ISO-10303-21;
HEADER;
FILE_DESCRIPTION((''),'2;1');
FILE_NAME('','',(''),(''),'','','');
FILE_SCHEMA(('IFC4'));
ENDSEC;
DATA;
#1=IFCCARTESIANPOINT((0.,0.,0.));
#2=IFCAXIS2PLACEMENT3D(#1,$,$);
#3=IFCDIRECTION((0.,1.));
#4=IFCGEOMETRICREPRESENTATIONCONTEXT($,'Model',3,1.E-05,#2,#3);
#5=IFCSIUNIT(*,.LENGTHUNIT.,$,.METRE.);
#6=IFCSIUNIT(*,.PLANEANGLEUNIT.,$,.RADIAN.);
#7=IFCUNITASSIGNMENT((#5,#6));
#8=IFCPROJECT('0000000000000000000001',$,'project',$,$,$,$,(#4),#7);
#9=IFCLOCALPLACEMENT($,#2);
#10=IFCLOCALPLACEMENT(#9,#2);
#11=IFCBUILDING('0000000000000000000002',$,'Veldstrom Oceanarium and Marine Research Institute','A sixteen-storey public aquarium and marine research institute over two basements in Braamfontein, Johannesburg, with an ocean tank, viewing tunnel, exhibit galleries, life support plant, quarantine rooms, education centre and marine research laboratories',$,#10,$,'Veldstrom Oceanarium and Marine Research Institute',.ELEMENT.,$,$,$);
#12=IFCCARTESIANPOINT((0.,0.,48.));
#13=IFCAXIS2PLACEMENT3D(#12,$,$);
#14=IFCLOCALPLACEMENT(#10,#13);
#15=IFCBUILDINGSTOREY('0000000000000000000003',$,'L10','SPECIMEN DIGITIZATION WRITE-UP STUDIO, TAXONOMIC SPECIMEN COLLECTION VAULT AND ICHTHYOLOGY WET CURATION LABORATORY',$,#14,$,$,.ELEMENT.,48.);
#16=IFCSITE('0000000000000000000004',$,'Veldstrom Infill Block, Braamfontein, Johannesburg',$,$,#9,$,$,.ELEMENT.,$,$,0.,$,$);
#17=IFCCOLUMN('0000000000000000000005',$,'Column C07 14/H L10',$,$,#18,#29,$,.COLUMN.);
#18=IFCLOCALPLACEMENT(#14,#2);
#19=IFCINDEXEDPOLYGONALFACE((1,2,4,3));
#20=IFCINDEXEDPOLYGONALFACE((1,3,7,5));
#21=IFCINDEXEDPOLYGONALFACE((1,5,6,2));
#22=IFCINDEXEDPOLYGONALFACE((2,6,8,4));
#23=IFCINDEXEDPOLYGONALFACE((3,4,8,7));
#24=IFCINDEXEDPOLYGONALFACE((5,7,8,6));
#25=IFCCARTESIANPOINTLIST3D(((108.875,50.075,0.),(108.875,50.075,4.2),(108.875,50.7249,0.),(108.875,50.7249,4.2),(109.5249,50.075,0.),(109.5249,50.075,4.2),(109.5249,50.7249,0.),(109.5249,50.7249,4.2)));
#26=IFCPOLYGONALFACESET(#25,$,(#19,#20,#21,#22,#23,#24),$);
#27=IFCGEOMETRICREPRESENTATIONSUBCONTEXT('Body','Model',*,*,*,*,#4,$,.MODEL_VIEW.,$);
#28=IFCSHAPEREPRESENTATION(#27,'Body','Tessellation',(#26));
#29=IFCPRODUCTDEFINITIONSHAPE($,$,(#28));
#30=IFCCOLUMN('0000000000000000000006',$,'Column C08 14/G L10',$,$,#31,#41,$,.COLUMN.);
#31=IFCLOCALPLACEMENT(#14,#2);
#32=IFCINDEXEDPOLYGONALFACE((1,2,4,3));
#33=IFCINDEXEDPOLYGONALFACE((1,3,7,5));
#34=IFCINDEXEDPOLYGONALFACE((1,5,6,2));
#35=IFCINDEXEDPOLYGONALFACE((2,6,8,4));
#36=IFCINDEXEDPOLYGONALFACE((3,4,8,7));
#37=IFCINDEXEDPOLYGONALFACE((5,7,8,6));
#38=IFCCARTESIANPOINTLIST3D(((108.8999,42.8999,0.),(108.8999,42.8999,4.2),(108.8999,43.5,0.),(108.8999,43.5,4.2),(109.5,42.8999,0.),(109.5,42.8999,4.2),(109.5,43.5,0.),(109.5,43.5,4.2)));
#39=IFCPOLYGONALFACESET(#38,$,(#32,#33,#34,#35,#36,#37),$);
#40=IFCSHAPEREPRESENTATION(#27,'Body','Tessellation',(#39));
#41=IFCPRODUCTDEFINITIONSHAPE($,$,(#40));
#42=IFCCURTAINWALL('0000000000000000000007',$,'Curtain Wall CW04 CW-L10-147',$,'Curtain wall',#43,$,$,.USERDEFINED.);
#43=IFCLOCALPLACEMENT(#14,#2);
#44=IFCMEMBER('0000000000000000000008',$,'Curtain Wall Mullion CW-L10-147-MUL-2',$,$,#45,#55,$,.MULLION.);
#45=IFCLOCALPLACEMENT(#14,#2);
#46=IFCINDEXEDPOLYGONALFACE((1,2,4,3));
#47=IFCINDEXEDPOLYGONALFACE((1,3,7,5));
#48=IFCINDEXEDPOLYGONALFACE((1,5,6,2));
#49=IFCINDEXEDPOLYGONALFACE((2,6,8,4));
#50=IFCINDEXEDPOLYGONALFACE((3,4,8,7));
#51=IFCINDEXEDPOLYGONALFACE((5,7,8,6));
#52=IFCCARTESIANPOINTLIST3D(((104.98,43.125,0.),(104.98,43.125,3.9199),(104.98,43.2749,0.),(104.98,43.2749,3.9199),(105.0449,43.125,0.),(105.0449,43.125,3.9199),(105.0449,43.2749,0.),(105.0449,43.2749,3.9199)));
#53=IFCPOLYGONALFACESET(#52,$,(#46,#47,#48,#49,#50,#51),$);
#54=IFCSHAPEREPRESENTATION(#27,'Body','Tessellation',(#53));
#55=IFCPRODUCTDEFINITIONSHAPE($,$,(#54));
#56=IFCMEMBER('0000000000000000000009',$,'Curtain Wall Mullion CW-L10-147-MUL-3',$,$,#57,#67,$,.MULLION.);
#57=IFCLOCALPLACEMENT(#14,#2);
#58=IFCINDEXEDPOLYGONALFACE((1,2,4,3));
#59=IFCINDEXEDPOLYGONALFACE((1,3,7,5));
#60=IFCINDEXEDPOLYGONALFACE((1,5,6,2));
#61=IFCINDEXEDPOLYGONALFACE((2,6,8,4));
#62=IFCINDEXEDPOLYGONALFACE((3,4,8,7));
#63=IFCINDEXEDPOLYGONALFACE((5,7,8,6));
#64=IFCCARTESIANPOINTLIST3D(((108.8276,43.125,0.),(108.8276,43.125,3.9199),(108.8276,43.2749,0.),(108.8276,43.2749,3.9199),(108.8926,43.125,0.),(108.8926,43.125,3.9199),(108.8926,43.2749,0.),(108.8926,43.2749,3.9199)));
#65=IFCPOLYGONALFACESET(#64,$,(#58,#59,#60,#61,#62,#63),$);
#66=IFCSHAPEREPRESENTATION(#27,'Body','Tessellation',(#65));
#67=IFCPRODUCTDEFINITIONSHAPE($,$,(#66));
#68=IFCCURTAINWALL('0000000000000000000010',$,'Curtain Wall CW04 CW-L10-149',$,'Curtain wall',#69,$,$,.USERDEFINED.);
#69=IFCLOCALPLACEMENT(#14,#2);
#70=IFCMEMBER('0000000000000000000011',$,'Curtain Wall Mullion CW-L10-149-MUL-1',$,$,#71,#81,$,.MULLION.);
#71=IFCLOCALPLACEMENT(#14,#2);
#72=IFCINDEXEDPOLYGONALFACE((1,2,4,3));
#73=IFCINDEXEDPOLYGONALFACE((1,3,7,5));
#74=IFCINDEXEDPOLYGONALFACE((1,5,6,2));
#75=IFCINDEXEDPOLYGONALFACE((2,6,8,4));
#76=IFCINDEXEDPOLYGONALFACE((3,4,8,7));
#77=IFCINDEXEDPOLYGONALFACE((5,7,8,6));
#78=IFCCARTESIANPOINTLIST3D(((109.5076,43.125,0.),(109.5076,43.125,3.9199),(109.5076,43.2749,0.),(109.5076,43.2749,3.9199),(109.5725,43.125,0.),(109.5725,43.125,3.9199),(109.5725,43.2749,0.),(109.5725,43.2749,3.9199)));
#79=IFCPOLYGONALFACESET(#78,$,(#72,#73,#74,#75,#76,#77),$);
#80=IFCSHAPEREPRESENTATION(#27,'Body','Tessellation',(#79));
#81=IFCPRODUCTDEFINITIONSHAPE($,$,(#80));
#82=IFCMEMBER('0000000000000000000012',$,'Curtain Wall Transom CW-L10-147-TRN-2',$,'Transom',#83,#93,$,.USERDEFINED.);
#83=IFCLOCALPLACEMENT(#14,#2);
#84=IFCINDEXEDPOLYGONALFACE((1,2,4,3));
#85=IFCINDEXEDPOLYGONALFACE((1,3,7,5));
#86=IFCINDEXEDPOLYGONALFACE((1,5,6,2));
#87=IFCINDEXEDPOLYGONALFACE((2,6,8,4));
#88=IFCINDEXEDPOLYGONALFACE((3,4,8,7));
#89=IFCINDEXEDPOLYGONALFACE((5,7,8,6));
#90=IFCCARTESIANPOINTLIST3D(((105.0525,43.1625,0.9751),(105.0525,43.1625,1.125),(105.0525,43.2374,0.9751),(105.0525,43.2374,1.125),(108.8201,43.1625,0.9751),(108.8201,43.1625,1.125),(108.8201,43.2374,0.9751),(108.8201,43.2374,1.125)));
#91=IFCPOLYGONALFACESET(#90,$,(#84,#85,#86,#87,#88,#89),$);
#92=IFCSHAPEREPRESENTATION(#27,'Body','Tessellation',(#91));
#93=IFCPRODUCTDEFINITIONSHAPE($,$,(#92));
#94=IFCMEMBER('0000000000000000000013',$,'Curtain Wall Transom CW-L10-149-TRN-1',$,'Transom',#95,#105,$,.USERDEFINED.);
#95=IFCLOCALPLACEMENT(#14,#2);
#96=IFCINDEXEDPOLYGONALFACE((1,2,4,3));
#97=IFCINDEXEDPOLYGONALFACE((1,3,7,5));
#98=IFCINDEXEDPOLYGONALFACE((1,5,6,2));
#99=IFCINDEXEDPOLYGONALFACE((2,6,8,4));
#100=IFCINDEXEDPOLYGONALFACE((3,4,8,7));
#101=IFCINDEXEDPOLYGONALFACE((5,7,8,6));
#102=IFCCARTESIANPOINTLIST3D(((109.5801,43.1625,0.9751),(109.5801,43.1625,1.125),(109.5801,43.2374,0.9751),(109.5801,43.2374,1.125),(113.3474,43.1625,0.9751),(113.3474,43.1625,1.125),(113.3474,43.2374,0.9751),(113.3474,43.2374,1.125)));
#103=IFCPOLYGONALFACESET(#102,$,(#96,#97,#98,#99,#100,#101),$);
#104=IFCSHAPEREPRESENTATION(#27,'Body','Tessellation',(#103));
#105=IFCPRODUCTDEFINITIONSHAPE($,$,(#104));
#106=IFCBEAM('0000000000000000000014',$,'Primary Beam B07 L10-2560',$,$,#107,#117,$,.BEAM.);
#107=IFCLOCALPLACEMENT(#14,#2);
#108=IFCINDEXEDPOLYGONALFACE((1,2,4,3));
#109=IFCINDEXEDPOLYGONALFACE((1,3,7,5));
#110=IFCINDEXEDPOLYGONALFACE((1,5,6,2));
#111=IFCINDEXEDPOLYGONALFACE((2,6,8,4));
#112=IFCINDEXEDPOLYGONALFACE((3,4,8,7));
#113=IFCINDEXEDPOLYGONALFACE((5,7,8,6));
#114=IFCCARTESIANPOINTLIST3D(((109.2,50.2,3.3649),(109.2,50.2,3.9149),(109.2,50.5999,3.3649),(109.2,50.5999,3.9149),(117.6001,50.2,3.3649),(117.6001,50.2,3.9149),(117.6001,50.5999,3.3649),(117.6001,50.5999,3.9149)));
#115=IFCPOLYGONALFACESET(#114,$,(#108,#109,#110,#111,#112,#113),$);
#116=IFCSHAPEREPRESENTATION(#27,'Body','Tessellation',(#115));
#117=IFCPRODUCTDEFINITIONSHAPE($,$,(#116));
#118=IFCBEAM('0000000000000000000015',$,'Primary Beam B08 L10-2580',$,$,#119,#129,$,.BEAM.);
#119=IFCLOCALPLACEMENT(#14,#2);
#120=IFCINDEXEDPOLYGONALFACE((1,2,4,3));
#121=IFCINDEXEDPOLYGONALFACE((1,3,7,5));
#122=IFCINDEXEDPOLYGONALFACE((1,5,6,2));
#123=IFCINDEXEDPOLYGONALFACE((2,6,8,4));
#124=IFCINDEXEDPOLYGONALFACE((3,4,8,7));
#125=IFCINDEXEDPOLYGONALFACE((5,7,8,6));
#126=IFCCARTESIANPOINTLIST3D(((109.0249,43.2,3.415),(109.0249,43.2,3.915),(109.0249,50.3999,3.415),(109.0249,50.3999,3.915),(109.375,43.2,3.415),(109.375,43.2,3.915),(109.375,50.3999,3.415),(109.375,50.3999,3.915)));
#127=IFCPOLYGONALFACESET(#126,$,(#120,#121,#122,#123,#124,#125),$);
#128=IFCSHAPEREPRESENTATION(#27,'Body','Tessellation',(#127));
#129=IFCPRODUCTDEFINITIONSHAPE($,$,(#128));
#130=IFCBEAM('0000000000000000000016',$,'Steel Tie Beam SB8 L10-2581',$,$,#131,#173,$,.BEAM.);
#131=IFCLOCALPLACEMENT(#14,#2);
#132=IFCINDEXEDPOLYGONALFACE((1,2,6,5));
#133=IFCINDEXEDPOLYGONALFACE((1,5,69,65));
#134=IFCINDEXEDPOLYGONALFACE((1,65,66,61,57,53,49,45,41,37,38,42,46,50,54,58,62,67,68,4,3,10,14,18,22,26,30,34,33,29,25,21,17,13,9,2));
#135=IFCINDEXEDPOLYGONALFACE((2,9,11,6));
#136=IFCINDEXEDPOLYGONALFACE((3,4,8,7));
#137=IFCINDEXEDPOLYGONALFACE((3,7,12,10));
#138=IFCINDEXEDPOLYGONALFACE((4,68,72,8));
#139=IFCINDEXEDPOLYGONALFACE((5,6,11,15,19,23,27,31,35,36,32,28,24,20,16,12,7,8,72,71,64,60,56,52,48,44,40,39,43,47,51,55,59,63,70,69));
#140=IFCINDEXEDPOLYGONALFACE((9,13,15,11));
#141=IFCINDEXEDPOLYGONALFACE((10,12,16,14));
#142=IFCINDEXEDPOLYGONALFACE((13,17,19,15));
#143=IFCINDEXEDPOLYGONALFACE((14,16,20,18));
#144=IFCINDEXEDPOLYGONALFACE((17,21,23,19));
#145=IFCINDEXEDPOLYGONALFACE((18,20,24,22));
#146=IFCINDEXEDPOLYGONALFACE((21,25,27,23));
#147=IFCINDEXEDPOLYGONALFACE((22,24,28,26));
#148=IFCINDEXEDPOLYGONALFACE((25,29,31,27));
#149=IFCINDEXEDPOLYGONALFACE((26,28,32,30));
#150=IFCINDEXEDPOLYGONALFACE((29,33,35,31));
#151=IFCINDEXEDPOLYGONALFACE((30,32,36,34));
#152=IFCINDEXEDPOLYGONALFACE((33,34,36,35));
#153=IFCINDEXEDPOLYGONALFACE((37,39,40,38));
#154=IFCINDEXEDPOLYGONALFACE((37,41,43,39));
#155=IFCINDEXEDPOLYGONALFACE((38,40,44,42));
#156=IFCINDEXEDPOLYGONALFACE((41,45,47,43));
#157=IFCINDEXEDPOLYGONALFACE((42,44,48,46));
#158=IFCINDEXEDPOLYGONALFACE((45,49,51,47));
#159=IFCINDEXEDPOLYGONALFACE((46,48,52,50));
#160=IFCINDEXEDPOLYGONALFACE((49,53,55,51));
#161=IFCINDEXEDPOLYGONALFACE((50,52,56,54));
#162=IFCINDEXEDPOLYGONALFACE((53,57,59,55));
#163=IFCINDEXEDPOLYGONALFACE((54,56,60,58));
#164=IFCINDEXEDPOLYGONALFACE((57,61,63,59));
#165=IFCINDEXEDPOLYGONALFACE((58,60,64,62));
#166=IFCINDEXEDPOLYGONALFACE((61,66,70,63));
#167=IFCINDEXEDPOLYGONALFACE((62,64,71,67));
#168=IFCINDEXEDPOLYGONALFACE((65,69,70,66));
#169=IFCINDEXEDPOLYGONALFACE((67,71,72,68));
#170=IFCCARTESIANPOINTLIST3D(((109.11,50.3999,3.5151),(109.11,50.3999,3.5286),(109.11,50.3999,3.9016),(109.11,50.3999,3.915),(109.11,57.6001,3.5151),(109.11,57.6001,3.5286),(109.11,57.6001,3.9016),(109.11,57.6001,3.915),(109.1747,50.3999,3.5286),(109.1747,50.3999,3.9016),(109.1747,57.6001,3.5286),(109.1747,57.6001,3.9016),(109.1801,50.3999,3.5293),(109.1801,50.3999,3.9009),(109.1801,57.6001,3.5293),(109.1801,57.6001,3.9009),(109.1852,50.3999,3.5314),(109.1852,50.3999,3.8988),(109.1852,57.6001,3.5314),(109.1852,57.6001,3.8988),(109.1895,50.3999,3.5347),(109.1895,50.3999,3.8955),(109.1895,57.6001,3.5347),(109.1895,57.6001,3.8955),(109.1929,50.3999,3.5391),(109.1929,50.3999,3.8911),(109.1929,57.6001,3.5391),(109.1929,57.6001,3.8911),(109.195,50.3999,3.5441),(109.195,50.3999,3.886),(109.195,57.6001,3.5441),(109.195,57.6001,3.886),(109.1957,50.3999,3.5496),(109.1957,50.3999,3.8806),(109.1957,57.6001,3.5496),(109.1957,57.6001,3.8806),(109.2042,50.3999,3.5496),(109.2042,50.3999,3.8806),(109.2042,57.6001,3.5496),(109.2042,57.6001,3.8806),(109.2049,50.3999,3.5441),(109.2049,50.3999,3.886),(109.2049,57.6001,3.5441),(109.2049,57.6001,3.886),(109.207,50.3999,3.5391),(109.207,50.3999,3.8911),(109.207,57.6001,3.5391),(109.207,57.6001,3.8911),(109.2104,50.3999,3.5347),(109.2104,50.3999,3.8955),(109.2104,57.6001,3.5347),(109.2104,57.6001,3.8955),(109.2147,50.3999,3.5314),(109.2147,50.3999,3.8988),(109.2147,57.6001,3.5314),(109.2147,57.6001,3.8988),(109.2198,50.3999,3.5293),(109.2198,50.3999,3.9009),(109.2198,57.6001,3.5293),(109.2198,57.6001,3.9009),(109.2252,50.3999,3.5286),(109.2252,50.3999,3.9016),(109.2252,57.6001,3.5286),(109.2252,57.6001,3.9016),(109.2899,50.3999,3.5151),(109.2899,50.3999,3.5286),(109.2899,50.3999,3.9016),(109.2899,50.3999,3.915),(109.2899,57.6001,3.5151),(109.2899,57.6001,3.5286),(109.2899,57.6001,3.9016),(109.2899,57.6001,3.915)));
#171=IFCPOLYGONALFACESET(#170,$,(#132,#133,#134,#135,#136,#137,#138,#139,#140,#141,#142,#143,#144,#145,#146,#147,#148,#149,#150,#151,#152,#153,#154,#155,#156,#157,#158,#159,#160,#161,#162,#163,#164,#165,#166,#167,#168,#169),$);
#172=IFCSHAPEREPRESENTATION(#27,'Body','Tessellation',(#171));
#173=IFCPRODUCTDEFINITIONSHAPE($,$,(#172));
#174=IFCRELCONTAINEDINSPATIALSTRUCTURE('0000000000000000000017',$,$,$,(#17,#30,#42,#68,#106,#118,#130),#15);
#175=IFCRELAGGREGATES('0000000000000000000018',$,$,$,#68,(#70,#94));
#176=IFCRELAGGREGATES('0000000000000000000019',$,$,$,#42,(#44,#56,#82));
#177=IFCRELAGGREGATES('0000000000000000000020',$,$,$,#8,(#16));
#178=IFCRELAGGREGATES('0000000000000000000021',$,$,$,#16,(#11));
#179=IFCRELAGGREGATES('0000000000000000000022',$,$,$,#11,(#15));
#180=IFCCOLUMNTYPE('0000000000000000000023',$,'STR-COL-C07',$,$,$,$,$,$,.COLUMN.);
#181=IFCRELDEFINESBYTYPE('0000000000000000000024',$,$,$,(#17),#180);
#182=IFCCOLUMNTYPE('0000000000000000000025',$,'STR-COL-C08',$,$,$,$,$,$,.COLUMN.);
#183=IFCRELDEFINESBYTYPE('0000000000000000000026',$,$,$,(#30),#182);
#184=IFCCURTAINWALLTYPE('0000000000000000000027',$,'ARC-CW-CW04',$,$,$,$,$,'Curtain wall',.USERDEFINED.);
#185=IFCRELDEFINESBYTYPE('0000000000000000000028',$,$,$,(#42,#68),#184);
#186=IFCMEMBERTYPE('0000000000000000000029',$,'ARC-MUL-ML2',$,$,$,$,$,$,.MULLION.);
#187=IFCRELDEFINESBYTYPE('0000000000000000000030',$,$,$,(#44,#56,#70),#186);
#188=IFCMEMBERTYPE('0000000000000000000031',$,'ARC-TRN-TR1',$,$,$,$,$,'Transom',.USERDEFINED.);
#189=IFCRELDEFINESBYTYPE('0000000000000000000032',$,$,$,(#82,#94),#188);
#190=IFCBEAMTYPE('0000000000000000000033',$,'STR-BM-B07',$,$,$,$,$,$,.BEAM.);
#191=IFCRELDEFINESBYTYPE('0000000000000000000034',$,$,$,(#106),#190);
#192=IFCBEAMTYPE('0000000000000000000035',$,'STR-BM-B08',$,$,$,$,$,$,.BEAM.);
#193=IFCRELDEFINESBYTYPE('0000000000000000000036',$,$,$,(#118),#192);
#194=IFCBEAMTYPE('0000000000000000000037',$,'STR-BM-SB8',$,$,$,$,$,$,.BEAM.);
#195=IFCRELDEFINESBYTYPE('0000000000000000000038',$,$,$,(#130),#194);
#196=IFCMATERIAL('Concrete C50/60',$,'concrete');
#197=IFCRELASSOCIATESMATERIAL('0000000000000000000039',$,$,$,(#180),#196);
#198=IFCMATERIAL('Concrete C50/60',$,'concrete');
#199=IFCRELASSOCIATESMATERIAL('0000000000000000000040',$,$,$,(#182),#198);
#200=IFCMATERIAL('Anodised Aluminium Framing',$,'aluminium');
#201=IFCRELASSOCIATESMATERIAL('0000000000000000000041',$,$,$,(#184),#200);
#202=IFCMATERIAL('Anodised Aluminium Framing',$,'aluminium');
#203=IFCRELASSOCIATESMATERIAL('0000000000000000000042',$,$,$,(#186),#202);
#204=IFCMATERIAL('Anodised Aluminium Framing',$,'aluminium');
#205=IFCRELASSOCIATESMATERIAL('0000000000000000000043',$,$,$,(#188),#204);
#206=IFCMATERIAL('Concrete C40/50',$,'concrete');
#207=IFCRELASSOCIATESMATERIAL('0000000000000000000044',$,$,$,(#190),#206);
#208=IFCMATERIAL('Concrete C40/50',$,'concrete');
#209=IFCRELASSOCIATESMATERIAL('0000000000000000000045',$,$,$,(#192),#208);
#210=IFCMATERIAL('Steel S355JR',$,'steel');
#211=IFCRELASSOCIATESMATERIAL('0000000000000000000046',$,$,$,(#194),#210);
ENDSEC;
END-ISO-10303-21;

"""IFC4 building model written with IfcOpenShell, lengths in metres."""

from ifc_helpers import new_model, si_unit, direction, frame, origin, origin_2d, place, context, subcontext, project, spatial, rectangle, i_section, extrude, material, material_profile, profile_set, type_object, element, aggregate, save


model = new_model("IFC4")

# Units and contexts
model_context = context("Model", 3, precision=1e-05, world=origin(), true_north=direction((0.0, 1.0)))
body_context = subcontext(model_context, "Body", "Model", "MODEL_VIEW")
ifc_project = project(units=[si_unit("LENGTHUNIT", "METRE"), si_unit("PLANEANGLEUNIT", "RADIAN")], contexts=[model_context])

# Site, building, storey
site_placement = place(None, origin())
site = spatial("IfcSite", under=ifc_project, at=site_placement, Name="Veldstrom Infill Block, Braamfontein, Johannesburg", CompositionType="ELEMENT", RefElevation=0.0)
building_placement = place(site_placement, origin())
building = spatial("IfcBuilding", under=site, at=building_placement, Name="Veldstrom Oceanarium and Marine Research Institute", Description="A sixteen-storey public aquarium and marine research institute over two basements in Braamfontein, Johannesburg, with an ocean tank, viewing tunnel, exhibit galleries, life support plant, quarantine rooms, education centre and marine research laboratories", LongName="Veldstrom Oceanarium and Marine Research Institute", CompositionType="ELEMENT")
storey_placement = place(building_placement, frame((0.0, 0.0, 48.0)))
storey = spatial("IfcBuildingStorey", under=building, at=storey_placement, Name="L10", Description="SPECIMEN DIGITIZATION WRITE-UP STUDIO, TAXONOMIC SPECIMEN COLLECTION VAULT AND ICHTHYOLOGY WET CURATION LABORATORY", CompositionType="ELEMENT", Elevation=48.0)

# Columns
ifc_material_1 = material(Name="Concrete C50/60", Category="concrete")
ifc_material_profile_1 = material_profile(ifc_material_1, rectangle(XDim=0.6499, YDim=0.6499, at=origin_2d()), Name="RC-COL-650x650")
ifc_profile_set_1 = profile_set([ifc_material_profile_1], Name="Concrete C50/60")
column_type_1 = type_object("IfcColumnType", Name="STR-COL-C07", PredefinedType="COLUMN", material=ifc_profile_set_1)
column_1_placement = place(storey_placement, frame((109.2, 50.3999, 0.0), z_axis=(0.0, 0.0, 1.0), x_axis=(1.0, 0.0, 0.0)))
element("IfcColumn", 1, at=column_1_placement, inside=storey, type_object=column_type_1, Name="Column C07 14/H L10", PredefinedType="COLUMN", context=body_context, shape_type="SweptSolid", body=[
    extrude(rectangle(XDim=0.6499, YDim=0.6499, at=origin_2d()), origin(), (0.0, 0.0, 1.0), 4.2),
])
ifc_material_2 = material(Name="Concrete C50/60", Category="concrete")
ifc_material_profile_2 = material_profile(ifc_material_2, rectangle(XDim=0.6001, YDim=0.6001, at=origin_2d()), Name="RC-COL-600x600")
ifc_profile_set_2 = profile_set([ifc_material_profile_2], Name="Concrete C50/60")
column_type_2 = type_object("IfcColumnType", Name="STR-COL-C08", PredefinedType="COLUMN", material=ifc_profile_set_2)
column_2_placement = place(storey_placement, frame((109.2, 43.2, 0.0), z_axis=(0.0, 0.0, 1.0), x_axis=(1.0, 0.0, 0.0)))
element("IfcColumn", 2, at=column_2_placement, inside=storey, type_object=column_type_2, Name="Column C08 14/G L10", PredefinedType="COLUMN", context=body_context, shape_type="SweptSolid", body=[
    extrude(rectangle(XDim=0.6001, YDim=0.6001, at=origin_2d()), origin(), (0.0, 0.0, 1.0), 4.2),
])

# Curtain wall, members
ifc_material_3 = material(Name="Anodised Aluminium Framing", Category="aluminium")
curtain_wall_type = type_object("IfcCurtainWallType", Name="ARC-CW-CW04", ElementType="Curtain wall", PredefinedType="USERDEFINED", material=ifc_material_3)
curtain_wall_1_placement = place(storey_placement, origin())
curtain_wall_1 = element("IfcCurtainWall", 3, at=curtain_wall_1_placement, inside=storey, type_object=curtain_wall_type, Name="Curtain Wall CW04 CW-L10-147", ObjectType="Curtain wall", PredefinedType="USERDEFINED")
ifc_material_4 = material(Name="Anodised Aluminium Framing", Category="aluminium")
ifc_material_profile_3 = material_profile(ifc_material_4, rectangle(XDim=0.0649, YDim=0.1499, at=origin_2d()), Name="ALU-MUL-65x150")
ifc_profile_set_3 = profile_set([ifc_material_profile_3], Name="Anodised Aluminium Framing")
member_type_1 = type_object("IfcMemberType", Name="ARC-MUL-ML2", PredefinedType="MULLION", material=ifc_profile_set_3)
member_1_placement = place(storey_placement, frame((105.0125, 43.2, 0.0), z_axis=(0.0, 0.0, 1.0), x_axis=(1.0, 0.0, 0.0)))
member_1 = element("IfcMember", 4, at=member_1_placement, type_object=member_type_1, Name="Curtain Wall Mullion CW-L10-147-MUL-2", PredefinedType="MULLION", context=body_context, shape_type="SweptSolid", body=[
    extrude(rectangle(XDim=0.0649, YDim=0.1499, at=origin_2d()), origin(), (0.0, 0.0, 1.0), 3.9199),
])
member_2_placement = place(storey_placement, frame((108.8601, 43.2, 0.0), z_axis=(0.0, 0.0, 1.0), x_axis=(1.0, 0.0, 0.0)))
member_2 = element("IfcMember", 5, at=member_2_placement, type_object=member_type_1, Name="Curtain Wall Mullion CW-L10-147-MUL-3", PredefinedType="MULLION", context=body_context, shape_type="SweptSolid", body=[
    extrude(rectangle(XDim=0.0649, YDim=0.1499, at=origin_2d()), origin(), (0.0, 0.0, 1.0), 3.9199),
])

# Curtain wall, member
curtain_wall_2_placement = place(storey_placement, origin())
curtain_wall_2 = element("IfcCurtainWall", 6, at=curtain_wall_2_placement, inside=storey, type_object=curtain_wall_type, Name="Curtain Wall CW04 CW-L10-149", ObjectType="Curtain wall", PredefinedType="USERDEFINED")
member_3_placement = place(storey_placement, frame((109.54, 43.2, 0.0), z_axis=(0.0, 0.0, 1.0), x_axis=(1.0, 0.0, 0.0)))
member_3 = element("IfcMember", 7, at=member_3_placement, type_object=member_type_1, Name="Curtain Wall Mullion CW-L10-149-MUL-1", PredefinedType="MULLION", context=body_context, shape_type="SweptSolid", body=[
    extrude(rectangle(XDim=0.0649, YDim=0.1499, at=origin_2d()), origin(), (0.0, 0.0, 1.0), 3.9199),
])

# Members
ifc_material_5 = material(Name="Anodised Aluminium Framing", Category="aluminium")
ifc_material_profile_4 = material_profile(ifc_material_5, rectangle(XDim=0.075, YDim=0.1499, at=origin_2d()), Name="ALU-TRN-75x150")
ifc_profile_set_4 = profile_set([ifc_material_profile_4], Name="Anodised Aluminium Framing")
member_type_2 = type_object("IfcMemberType", Name="ARC-TRN-TR1", ElementType="Transom", PredefinedType="USERDEFINED", material=ifc_profile_set_4)
member_4_placement = place(storey_placement, frame((105.0525, 43.2, 1.05), z_axis=(1.0, 0.0, 0.0), x_axis=(0.0, 1.0, 0.0)))
member_4 = element("IfcMember", 8, at=member_4_placement, type_object=member_type_2, Name="Curtain Wall Transom CW-L10-147-TRN-2", ObjectType="Transom", PredefinedType="USERDEFINED", context=body_context, shape_type="SweptSolid", body=[
    extrude(rectangle(XDim=0.075, YDim=0.1499, at=origin_2d()), origin(), (0.0, 0.0, 1.0), 3.7676),
])
member_5_placement = place(storey_placement, frame((109.5801, 43.2, 1.05), z_axis=(1.0, 0.0, 0.0), x_axis=(0.0, 1.0, 0.0)))
member_5 = element("IfcMember", 9, at=member_5_placement, type_object=member_type_2, Name="Curtain Wall Transom CW-L10-149-TRN-1", ObjectType="Transom", PredefinedType="USERDEFINED", context=body_context, shape_type="SweptSolid", body=[
    extrude(rectangle(XDim=0.075, YDim=0.1499, at=origin_2d()), origin(), (0.0, 0.0, 1.0), 3.7673),
])
aggregate(curtain_wall_2, [member_3, member_5])

# Beams
ifc_material_6 = material(Name="Concrete C40/50", Category="concrete")
ifc_material_profile_5 = material_profile(ifc_material_6, rectangle(XDim=0.3999, YDim=0.55, at=origin_2d()), Name="RC-BM-400x550")
ifc_profile_set_5 = profile_set([ifc_material_profile_5], Name="Concrete C40/50")
beam_type_1 = type_object("IfcBeamType", Name="STR-BM-B07", PredefinedType="BEAM", material=ifc_profile_set_5)
beam_1_placement = place(storey_placement, frame((109.2, 50.3999, 3.6399), z_axis=(1.0, 0.0, 0.0), x_axis=(0.0, 1.0, 0.0)))
element("IfcBeam", 10, at=beam_1_placement, inside=storey, type_object=beam_type_1, Name="Primary Beam B07 L10-2560", PredefinedType="BEAM", context=body_context, shape_type="SweptSolid", body=[
    extrude(rectangle(XDim=0.3999, YDim=0.55, at=origin_2d()), origin(), (0.0, 0.0, 1.0), 8.4001),
])
ifc_material_7 = material(Name="Concrete C40/50", Category="concrete")
ifc_material_profile_6 = material_profile(ifc_material_7, rectangle(XDim=0.3501, YDim=0.5, at=origin_2d()), Name="RC-BM-350x500")
ifc_profile_set_6 = profile_set([ifc_material_profile_6], Name="Concrete C40/50")
beam_type_2 = type_object("IfcBeamType", Name="STR-BM-B08", PredefinedType="BEAM", material=ifc_profile_set_6)
beam_2_placement = place(storey_placement, frame((109.2, 43.2, 3.665), z_axis=(0.0, 1.0, 0.0), x_axis=(-1.0, 0.0, 0.0)))
element("IfcBeam", 11, at=beam_2_placement, inside=storey, type_object=beam_type_2, Name="Primary Beam B08 L10-2580", PredefinedType="BEAM", context=body_context, shape_type="SweptSolid", body=[
    extrude(rectangle(XDim=0.3501, YDim=0.5, at=origin_2d()), origin(), (0.0, 0.0, 1.0), 7.2),
])
ifc_material_8 = material(Name="Steel S355JR", Category="steel")
ifc_material_profile_7 = material_profile(ifc_material_8, i_section(OverallWidth=0.1799, OverallDepth=0.3999, WebThickness=0.0085, FlangeThickness=0.0134, FilletRadius=0.021, at=origin_2d()), Name="IPE 400")
ifc_profile_set_7 = profile_set([ifc_material_profile_7], Name="Steel S355JR")
beam_type_3 = type_object("IfcBeamType", Name="STR-BM-SB8", PredefinedType="BEAM", material=ifc_profile_set_7)
beam_3_placement = place(storey_placement, frame((109.2, 50.3999, 3.7151), z_axis=(0.0, 1.0, 0.0), x_axis=(-1.0, 0.0, 0.0)))
element("IfcBeam", 12, at=beam_3_placement, inside=storey, type_object=beam_type_3, Name="Steel Tie Beam SB8 L10-2581", PredefinedType="BEAM", context=body_context, shape_type="SweptSolid", body=[
    extrude(i_section(OverallWidth=0.1799, OverallDepth=0.3999, WebThickness=0.0085, FlangeThickness=0.0134, FilletRadius=0.021, at=origin_2d()), origin(), (0.0, 0.0, 1.0), 7.2002),
])

aggregate(curtain_wall_1, [member_1, member_2, member_4])

save(model, "model.ifc")
